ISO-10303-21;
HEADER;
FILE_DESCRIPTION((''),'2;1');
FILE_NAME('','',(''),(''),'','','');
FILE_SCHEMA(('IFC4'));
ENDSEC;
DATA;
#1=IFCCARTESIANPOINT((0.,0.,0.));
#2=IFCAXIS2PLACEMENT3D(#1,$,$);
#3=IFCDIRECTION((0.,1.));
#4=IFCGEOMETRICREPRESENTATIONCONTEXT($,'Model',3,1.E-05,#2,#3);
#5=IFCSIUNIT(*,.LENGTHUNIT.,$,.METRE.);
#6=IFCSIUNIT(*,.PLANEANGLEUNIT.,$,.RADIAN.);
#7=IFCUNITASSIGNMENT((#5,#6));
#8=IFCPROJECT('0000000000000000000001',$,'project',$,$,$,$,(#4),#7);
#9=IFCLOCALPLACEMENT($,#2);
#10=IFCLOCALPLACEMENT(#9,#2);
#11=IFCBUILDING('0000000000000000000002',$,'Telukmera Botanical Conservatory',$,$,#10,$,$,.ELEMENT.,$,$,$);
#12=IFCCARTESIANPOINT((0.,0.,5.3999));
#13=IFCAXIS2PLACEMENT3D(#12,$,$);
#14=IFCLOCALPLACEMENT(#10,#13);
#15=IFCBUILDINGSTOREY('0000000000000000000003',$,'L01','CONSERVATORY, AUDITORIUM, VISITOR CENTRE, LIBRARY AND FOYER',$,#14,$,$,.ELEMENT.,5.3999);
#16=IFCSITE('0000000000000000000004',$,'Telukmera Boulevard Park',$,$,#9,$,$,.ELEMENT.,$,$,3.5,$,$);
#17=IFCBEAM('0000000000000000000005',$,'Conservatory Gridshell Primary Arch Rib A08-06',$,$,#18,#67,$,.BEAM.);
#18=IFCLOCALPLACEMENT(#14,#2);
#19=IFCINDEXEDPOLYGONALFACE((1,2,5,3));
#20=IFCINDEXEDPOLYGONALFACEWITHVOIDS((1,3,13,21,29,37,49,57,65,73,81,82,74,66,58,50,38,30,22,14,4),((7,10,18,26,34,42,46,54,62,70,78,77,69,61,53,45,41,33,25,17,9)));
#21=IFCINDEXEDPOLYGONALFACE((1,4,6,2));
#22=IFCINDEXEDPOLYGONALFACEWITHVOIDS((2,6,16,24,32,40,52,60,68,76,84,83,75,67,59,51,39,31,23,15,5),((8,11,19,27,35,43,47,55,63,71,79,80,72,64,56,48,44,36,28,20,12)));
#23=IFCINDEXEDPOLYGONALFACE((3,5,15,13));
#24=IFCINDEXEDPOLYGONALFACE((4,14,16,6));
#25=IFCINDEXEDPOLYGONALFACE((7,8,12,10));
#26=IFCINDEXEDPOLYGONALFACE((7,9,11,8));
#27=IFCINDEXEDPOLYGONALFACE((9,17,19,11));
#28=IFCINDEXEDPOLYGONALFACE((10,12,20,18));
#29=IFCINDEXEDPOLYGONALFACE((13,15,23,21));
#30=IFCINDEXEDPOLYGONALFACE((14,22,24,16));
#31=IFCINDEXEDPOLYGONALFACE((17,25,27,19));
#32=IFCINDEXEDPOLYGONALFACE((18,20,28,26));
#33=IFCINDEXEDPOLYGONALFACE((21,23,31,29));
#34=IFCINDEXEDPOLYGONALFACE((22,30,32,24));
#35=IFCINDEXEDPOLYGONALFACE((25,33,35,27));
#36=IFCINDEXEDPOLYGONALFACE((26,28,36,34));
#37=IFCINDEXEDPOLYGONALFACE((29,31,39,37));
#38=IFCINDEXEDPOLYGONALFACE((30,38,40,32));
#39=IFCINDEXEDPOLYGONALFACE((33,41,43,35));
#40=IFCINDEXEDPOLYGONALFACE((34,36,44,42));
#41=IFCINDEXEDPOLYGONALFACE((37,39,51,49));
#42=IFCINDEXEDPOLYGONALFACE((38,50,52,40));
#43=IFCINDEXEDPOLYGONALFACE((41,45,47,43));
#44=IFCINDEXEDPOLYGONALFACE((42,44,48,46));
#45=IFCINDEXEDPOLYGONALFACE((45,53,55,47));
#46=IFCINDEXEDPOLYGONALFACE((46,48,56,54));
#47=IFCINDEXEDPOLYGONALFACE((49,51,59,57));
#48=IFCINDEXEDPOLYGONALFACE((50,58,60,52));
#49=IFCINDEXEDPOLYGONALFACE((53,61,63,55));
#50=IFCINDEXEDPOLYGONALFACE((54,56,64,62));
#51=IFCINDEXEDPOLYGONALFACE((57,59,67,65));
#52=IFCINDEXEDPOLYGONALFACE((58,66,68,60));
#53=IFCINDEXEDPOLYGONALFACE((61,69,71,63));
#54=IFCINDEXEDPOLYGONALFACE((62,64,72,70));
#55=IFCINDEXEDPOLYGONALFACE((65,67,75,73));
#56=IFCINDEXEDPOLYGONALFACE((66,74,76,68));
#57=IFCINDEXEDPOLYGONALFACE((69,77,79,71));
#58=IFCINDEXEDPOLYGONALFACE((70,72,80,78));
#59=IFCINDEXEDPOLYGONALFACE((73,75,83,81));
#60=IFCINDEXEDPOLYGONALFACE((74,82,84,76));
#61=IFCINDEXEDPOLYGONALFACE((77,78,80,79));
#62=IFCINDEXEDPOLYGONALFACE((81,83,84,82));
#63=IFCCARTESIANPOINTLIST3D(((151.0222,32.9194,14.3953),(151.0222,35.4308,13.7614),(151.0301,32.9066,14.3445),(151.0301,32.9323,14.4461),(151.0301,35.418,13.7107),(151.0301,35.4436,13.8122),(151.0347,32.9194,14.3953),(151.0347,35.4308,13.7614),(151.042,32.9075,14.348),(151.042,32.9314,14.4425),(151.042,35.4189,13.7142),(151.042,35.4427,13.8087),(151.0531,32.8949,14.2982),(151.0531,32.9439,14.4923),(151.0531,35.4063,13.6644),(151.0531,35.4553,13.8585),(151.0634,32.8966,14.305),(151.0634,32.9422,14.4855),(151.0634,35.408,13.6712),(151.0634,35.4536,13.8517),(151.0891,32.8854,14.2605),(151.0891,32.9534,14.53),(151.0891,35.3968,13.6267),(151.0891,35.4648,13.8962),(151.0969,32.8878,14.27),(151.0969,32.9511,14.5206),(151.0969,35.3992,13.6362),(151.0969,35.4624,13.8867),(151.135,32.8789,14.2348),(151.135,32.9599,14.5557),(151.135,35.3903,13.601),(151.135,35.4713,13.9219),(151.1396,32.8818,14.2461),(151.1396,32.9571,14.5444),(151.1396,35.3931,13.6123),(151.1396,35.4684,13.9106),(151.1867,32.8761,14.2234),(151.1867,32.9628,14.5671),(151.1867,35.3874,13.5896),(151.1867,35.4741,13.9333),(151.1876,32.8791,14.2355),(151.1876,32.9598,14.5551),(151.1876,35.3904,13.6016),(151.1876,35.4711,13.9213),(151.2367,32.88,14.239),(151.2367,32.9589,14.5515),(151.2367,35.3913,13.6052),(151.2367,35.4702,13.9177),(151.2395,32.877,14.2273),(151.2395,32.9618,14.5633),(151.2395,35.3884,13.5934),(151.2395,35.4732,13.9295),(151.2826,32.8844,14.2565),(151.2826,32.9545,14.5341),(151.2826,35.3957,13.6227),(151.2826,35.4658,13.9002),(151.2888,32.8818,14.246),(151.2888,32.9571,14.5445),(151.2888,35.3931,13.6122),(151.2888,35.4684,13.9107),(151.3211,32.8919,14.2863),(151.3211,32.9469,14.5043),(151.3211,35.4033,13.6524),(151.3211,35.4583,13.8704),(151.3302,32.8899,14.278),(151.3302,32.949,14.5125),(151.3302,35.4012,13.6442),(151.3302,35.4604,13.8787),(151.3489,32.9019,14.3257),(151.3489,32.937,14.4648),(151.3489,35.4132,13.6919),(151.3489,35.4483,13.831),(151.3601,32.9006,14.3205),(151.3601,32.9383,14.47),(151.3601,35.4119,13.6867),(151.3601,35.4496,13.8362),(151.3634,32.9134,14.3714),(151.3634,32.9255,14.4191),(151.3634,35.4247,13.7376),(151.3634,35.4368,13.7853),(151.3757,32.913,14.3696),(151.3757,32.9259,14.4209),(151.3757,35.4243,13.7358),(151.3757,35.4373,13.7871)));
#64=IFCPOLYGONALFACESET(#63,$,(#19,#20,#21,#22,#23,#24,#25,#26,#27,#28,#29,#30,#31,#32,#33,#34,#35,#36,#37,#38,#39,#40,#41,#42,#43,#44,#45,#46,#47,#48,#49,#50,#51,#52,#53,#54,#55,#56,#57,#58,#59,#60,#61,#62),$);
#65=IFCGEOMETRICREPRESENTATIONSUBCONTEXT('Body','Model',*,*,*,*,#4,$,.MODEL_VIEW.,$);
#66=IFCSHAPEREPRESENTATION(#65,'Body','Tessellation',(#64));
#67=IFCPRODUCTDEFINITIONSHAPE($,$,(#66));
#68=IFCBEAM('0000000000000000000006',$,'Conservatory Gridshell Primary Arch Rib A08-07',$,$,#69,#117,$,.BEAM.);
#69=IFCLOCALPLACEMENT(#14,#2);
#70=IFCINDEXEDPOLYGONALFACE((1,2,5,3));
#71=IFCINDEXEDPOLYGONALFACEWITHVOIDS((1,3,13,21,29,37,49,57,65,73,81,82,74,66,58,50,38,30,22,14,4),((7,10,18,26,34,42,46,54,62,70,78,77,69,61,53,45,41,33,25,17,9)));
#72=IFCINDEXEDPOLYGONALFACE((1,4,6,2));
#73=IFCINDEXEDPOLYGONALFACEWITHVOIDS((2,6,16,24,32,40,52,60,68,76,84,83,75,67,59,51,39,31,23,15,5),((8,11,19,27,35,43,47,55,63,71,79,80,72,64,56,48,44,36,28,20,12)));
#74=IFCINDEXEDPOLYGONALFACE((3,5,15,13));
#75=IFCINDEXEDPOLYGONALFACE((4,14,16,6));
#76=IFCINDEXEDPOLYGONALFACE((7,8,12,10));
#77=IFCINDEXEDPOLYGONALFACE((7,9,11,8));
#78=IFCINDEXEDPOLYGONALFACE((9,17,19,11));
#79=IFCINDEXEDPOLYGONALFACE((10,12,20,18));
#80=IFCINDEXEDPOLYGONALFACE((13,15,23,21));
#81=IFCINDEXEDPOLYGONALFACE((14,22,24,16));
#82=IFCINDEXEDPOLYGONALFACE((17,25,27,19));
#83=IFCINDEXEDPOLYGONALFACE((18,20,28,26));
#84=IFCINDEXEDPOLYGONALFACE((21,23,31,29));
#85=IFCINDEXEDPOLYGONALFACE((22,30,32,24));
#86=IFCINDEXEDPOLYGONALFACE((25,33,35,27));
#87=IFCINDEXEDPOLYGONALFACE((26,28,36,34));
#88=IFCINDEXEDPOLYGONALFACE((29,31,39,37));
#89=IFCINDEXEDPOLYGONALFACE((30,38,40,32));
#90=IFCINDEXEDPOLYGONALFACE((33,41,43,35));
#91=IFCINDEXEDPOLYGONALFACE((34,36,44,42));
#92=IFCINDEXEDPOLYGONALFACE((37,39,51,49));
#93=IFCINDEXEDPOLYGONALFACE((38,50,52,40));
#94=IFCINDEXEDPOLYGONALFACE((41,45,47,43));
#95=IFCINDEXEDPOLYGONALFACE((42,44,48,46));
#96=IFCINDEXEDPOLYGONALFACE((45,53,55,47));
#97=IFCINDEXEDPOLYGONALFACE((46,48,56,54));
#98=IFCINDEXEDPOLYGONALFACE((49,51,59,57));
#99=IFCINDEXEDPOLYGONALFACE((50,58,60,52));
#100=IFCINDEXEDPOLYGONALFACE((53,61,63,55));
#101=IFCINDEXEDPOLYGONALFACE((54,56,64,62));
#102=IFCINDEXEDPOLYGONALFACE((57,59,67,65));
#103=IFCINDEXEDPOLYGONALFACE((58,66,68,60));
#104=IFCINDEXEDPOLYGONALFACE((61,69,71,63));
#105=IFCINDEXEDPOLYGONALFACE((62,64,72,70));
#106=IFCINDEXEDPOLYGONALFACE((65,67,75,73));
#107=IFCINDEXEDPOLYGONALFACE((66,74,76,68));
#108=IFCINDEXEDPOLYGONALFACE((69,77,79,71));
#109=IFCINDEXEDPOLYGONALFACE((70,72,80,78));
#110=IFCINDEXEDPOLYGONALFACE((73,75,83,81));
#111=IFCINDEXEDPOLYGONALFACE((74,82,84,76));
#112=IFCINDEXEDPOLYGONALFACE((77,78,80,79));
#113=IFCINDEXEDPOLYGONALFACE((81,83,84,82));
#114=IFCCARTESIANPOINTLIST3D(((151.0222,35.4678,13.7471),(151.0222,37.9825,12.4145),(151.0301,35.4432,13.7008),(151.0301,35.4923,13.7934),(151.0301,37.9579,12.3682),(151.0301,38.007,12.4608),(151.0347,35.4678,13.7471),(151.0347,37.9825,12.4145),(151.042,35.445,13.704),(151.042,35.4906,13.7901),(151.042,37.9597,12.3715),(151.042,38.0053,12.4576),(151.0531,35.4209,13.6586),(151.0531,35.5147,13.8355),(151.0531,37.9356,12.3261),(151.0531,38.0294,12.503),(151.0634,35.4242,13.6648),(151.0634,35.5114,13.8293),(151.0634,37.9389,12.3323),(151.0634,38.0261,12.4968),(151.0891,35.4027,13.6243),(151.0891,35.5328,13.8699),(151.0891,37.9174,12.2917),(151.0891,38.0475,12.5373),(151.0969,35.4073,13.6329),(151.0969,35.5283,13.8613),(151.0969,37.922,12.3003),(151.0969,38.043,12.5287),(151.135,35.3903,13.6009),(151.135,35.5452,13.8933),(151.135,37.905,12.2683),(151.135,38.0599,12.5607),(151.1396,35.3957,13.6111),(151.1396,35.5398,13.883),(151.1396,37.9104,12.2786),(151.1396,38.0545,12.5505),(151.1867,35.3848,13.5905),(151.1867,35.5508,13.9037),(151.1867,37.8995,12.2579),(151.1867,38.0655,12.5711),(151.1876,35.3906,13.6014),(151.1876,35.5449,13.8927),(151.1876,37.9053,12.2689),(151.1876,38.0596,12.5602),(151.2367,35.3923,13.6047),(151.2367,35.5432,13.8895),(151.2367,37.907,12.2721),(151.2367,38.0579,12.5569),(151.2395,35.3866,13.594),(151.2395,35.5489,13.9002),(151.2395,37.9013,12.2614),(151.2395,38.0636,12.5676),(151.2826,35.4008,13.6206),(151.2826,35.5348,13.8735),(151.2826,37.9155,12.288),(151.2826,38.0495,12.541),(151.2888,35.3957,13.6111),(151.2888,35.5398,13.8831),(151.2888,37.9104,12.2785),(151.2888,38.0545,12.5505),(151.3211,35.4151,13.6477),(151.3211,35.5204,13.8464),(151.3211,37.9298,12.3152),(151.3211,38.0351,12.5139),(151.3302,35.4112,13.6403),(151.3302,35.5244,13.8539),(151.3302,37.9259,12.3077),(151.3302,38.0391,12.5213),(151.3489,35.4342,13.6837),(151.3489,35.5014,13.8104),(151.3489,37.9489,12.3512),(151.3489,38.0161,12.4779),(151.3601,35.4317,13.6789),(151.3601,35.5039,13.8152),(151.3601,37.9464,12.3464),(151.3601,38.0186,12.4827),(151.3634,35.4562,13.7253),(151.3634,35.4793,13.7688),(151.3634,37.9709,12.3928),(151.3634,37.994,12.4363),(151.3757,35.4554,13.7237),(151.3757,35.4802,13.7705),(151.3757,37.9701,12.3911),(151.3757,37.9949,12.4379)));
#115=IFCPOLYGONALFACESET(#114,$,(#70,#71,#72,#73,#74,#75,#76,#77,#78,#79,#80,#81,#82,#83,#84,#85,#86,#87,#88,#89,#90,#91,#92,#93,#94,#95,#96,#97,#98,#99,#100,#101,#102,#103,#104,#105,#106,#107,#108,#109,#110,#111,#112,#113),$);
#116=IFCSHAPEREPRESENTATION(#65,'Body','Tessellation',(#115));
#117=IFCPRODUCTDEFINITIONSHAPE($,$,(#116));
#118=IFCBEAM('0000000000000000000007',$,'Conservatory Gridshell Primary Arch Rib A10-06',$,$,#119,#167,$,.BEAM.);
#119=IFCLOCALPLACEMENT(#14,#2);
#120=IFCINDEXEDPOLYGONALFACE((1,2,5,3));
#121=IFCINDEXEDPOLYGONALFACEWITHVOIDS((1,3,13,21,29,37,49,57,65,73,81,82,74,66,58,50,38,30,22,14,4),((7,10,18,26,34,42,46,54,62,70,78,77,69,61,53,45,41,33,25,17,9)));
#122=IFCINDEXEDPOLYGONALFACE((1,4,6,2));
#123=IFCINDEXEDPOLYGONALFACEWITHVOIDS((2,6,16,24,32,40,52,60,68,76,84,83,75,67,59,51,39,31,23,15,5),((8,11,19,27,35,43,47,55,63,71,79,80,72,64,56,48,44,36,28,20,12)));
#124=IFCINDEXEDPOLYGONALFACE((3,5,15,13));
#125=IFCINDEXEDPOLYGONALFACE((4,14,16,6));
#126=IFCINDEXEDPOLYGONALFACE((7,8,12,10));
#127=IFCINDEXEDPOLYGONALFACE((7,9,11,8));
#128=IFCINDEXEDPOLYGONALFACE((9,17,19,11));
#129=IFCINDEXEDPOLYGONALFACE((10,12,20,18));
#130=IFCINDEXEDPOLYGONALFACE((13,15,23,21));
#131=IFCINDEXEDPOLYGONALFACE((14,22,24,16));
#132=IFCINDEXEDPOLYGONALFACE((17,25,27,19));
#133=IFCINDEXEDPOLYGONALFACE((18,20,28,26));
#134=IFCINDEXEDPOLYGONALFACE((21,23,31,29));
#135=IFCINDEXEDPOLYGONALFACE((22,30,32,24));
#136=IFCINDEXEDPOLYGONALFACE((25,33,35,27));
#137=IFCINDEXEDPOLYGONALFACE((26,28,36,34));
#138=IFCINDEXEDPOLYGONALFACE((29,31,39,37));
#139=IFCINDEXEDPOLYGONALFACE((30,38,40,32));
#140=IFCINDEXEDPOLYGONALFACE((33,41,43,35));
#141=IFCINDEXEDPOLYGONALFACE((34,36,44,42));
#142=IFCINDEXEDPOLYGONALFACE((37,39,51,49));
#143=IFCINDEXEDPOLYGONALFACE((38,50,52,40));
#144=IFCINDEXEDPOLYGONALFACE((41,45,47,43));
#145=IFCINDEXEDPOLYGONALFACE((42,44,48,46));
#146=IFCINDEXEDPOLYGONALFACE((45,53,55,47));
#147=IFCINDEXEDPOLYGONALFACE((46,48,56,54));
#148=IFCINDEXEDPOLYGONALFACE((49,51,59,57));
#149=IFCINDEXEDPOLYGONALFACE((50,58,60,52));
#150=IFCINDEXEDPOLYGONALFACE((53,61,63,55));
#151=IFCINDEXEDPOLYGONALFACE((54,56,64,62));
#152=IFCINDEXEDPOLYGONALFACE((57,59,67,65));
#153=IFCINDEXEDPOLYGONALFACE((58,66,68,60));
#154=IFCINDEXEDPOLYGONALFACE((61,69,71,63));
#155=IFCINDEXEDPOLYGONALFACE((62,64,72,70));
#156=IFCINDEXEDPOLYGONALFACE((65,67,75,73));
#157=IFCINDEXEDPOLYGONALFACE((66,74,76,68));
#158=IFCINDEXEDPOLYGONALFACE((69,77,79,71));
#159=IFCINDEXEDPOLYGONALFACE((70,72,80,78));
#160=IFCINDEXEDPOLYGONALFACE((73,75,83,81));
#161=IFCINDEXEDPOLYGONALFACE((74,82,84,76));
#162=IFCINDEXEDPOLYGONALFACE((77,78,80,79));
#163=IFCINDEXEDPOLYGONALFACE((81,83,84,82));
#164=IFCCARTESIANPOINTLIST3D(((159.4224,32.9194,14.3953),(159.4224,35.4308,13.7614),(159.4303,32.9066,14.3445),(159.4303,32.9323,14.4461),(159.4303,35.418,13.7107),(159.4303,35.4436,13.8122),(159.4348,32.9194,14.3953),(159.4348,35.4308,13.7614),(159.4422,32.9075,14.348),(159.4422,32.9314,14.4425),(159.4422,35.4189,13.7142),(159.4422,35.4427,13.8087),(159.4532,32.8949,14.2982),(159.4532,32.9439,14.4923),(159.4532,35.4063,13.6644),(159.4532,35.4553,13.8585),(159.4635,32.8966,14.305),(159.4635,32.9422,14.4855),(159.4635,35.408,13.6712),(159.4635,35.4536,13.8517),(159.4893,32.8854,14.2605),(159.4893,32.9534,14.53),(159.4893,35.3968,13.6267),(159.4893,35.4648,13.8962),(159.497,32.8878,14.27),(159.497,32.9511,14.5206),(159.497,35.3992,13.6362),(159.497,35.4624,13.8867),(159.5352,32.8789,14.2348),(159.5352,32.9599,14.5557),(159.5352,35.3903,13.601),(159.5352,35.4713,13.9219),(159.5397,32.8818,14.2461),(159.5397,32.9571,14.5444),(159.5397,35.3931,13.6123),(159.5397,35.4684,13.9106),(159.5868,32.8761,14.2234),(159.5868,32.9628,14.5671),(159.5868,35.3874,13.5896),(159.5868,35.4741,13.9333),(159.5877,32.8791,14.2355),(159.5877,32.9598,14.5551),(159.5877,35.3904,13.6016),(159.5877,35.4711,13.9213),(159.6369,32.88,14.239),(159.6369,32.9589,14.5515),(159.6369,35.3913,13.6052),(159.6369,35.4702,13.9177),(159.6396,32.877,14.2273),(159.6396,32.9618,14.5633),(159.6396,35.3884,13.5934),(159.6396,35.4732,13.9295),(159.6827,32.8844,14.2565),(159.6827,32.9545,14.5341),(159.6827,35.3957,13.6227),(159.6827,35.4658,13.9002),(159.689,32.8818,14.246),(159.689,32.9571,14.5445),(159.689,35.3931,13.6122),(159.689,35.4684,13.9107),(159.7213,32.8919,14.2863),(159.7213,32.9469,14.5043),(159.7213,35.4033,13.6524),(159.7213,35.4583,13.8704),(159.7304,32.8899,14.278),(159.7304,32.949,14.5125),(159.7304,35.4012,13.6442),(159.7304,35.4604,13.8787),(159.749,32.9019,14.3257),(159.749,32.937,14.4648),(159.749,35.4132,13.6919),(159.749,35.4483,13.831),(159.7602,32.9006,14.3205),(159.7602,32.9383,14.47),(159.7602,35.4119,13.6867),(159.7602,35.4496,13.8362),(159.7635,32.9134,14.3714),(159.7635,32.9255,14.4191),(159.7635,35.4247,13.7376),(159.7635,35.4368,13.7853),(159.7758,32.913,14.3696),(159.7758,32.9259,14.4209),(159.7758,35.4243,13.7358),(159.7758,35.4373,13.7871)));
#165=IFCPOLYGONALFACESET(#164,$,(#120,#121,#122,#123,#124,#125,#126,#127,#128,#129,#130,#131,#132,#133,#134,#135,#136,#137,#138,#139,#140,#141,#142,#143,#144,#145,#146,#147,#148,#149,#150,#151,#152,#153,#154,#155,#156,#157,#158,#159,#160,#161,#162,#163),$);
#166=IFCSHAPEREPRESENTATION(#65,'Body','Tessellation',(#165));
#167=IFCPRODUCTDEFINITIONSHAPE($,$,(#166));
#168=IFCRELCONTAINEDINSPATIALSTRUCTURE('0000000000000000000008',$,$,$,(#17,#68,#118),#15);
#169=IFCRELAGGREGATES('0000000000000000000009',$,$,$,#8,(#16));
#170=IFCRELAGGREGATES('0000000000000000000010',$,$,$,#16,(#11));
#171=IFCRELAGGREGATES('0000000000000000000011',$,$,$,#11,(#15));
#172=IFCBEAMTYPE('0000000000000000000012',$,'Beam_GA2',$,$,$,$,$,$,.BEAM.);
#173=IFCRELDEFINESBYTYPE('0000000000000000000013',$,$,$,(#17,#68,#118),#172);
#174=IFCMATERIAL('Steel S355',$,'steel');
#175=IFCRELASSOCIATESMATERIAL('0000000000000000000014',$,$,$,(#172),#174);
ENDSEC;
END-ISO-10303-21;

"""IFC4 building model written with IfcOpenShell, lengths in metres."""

from ifc_helpers import new_model, si_unit, direction, frame, origin, origin_2d, place, context, subcontext, project, spatial, hollow_circle, extrude, material, material_profile, profile_set, type_object, element, save


model = new_model("IFC4")

# Units and contexts
model_context = context("Model", 3, precision=1e-05, world=origin(), true_north=direction((0.0, 1.0)))
body_context = subcontext(model_context, "Body", "Model", "MODEL_VIEW")
ifc_project = project(units=[si_unit("LENGTHUNIT", "METRE"), si_unit("PLANEANGLEUNIT", "RADIAN")], contexts=[model_context])

# Site, building, storey
site_placement = place(None, origin())
site = spatial("IfcSite", under=ifc_project, at=site_placement, Name="Telukmera Boulevard Park", CompositionType="ELEMENT", RefElevation=3.5)
building_placement = place(site_placement, origin())
building = spatial("IfcBuilding", under=site, at=building_placement, Name="Telukmera Botanical Conservatory", CompositionType="ELEMENT")
storey_placement = place(building_placement, frame((0.0, 0.0, 5.3999)))
storey = spatial("IfcBuildingStorey", under=building, at=storey_placement, Name="L01", Description="CONSERVATORY, AUDITORIUM, VISITOR CENTRE, LIBRARY AND FOYER", CompositionType="ELEMENT", Elevation=5.3999)

# Beams
ifc_material = material(Name="Steel S355", Category="steel")
ifc_material_profile_1 = material_profile(ifc_material, hollow_circle(Radius=0.1777, WallThickness=0.0125, at=origin_2d()), Name="CHS 355.6x12.5")
ifc_profile_set_1 = profile_set([ifc_material_profile_1], Name="Steel S355")
beam_type = type_object("IfcBeamType", Name="Beam_GA2", PredefinedType="BEAM", material=ifc_profile_set_1)
beam_1_placement = place(storey_placement, frame((151.2, 32.9194, 14.3953), z_axis=(0.0, 0.969597, -0.244709), x_axis=(-1.0, 0.0, 0.0)))
element("IfcBeam", 1, at=beam_1_placement, inside=storey, type_object=beam_type, Name="Conservatory Gridshell Primary Arch Rib A08-06", PredefinedType="BEAM", context=body_context, shape_type="SweptSolid", body=[
    extrude(hollow_circle(Radius=0.1777, WallThickness=0.0125, at=origin_2d()), origin(), (0.0, 0.0, 1.0), 2.5901),
])
beam_2_placement = place(storey_placement, frame((151.2, 35.4678, 13.7471), z_axis=(0.0, 0.883608, -0.468227), x_axis=(-1.0, 0.0, 0.0)))
element("IfcBeam", 2, at=beam_2_placement, inside=storey, type_object=beam_type, Name="Conservatory Gridshell Primary Arch Rib A08-07", PredefinedType="BEAM", context=body_context, shape_type="SweptSolid", body=[
    extrude(hollow_circle(Radius=0.1777, WallThickness=0.0125, at=origin_2d()), origin(), (0.0, 0.0, 1.0), 2.8459),
])
beam_3_placement = place(storey_placement, frame((159.6001, 32.9194, 14.3953), z_axis=(0.0, 0.969597, -0.244709), x_axis=(-1.0, 0.0, 0.0)))
element("IfcBeam", 3, at=beam_3_placement, inside=storey, type_object=beam_type, Name="Conservatory Gridshell Primary Arch Rib A10-06", PredefinedType="BEAM", context=body_context, shape_type="SweptSolid", body=[
    extrude(hollow_circle(Radius=0.1777, WallThickness=0.0125, at=origin_2d()), origin(), (0.0, 0.0, 1.0), 2.5901),
])

save(model, "model.ifc")
